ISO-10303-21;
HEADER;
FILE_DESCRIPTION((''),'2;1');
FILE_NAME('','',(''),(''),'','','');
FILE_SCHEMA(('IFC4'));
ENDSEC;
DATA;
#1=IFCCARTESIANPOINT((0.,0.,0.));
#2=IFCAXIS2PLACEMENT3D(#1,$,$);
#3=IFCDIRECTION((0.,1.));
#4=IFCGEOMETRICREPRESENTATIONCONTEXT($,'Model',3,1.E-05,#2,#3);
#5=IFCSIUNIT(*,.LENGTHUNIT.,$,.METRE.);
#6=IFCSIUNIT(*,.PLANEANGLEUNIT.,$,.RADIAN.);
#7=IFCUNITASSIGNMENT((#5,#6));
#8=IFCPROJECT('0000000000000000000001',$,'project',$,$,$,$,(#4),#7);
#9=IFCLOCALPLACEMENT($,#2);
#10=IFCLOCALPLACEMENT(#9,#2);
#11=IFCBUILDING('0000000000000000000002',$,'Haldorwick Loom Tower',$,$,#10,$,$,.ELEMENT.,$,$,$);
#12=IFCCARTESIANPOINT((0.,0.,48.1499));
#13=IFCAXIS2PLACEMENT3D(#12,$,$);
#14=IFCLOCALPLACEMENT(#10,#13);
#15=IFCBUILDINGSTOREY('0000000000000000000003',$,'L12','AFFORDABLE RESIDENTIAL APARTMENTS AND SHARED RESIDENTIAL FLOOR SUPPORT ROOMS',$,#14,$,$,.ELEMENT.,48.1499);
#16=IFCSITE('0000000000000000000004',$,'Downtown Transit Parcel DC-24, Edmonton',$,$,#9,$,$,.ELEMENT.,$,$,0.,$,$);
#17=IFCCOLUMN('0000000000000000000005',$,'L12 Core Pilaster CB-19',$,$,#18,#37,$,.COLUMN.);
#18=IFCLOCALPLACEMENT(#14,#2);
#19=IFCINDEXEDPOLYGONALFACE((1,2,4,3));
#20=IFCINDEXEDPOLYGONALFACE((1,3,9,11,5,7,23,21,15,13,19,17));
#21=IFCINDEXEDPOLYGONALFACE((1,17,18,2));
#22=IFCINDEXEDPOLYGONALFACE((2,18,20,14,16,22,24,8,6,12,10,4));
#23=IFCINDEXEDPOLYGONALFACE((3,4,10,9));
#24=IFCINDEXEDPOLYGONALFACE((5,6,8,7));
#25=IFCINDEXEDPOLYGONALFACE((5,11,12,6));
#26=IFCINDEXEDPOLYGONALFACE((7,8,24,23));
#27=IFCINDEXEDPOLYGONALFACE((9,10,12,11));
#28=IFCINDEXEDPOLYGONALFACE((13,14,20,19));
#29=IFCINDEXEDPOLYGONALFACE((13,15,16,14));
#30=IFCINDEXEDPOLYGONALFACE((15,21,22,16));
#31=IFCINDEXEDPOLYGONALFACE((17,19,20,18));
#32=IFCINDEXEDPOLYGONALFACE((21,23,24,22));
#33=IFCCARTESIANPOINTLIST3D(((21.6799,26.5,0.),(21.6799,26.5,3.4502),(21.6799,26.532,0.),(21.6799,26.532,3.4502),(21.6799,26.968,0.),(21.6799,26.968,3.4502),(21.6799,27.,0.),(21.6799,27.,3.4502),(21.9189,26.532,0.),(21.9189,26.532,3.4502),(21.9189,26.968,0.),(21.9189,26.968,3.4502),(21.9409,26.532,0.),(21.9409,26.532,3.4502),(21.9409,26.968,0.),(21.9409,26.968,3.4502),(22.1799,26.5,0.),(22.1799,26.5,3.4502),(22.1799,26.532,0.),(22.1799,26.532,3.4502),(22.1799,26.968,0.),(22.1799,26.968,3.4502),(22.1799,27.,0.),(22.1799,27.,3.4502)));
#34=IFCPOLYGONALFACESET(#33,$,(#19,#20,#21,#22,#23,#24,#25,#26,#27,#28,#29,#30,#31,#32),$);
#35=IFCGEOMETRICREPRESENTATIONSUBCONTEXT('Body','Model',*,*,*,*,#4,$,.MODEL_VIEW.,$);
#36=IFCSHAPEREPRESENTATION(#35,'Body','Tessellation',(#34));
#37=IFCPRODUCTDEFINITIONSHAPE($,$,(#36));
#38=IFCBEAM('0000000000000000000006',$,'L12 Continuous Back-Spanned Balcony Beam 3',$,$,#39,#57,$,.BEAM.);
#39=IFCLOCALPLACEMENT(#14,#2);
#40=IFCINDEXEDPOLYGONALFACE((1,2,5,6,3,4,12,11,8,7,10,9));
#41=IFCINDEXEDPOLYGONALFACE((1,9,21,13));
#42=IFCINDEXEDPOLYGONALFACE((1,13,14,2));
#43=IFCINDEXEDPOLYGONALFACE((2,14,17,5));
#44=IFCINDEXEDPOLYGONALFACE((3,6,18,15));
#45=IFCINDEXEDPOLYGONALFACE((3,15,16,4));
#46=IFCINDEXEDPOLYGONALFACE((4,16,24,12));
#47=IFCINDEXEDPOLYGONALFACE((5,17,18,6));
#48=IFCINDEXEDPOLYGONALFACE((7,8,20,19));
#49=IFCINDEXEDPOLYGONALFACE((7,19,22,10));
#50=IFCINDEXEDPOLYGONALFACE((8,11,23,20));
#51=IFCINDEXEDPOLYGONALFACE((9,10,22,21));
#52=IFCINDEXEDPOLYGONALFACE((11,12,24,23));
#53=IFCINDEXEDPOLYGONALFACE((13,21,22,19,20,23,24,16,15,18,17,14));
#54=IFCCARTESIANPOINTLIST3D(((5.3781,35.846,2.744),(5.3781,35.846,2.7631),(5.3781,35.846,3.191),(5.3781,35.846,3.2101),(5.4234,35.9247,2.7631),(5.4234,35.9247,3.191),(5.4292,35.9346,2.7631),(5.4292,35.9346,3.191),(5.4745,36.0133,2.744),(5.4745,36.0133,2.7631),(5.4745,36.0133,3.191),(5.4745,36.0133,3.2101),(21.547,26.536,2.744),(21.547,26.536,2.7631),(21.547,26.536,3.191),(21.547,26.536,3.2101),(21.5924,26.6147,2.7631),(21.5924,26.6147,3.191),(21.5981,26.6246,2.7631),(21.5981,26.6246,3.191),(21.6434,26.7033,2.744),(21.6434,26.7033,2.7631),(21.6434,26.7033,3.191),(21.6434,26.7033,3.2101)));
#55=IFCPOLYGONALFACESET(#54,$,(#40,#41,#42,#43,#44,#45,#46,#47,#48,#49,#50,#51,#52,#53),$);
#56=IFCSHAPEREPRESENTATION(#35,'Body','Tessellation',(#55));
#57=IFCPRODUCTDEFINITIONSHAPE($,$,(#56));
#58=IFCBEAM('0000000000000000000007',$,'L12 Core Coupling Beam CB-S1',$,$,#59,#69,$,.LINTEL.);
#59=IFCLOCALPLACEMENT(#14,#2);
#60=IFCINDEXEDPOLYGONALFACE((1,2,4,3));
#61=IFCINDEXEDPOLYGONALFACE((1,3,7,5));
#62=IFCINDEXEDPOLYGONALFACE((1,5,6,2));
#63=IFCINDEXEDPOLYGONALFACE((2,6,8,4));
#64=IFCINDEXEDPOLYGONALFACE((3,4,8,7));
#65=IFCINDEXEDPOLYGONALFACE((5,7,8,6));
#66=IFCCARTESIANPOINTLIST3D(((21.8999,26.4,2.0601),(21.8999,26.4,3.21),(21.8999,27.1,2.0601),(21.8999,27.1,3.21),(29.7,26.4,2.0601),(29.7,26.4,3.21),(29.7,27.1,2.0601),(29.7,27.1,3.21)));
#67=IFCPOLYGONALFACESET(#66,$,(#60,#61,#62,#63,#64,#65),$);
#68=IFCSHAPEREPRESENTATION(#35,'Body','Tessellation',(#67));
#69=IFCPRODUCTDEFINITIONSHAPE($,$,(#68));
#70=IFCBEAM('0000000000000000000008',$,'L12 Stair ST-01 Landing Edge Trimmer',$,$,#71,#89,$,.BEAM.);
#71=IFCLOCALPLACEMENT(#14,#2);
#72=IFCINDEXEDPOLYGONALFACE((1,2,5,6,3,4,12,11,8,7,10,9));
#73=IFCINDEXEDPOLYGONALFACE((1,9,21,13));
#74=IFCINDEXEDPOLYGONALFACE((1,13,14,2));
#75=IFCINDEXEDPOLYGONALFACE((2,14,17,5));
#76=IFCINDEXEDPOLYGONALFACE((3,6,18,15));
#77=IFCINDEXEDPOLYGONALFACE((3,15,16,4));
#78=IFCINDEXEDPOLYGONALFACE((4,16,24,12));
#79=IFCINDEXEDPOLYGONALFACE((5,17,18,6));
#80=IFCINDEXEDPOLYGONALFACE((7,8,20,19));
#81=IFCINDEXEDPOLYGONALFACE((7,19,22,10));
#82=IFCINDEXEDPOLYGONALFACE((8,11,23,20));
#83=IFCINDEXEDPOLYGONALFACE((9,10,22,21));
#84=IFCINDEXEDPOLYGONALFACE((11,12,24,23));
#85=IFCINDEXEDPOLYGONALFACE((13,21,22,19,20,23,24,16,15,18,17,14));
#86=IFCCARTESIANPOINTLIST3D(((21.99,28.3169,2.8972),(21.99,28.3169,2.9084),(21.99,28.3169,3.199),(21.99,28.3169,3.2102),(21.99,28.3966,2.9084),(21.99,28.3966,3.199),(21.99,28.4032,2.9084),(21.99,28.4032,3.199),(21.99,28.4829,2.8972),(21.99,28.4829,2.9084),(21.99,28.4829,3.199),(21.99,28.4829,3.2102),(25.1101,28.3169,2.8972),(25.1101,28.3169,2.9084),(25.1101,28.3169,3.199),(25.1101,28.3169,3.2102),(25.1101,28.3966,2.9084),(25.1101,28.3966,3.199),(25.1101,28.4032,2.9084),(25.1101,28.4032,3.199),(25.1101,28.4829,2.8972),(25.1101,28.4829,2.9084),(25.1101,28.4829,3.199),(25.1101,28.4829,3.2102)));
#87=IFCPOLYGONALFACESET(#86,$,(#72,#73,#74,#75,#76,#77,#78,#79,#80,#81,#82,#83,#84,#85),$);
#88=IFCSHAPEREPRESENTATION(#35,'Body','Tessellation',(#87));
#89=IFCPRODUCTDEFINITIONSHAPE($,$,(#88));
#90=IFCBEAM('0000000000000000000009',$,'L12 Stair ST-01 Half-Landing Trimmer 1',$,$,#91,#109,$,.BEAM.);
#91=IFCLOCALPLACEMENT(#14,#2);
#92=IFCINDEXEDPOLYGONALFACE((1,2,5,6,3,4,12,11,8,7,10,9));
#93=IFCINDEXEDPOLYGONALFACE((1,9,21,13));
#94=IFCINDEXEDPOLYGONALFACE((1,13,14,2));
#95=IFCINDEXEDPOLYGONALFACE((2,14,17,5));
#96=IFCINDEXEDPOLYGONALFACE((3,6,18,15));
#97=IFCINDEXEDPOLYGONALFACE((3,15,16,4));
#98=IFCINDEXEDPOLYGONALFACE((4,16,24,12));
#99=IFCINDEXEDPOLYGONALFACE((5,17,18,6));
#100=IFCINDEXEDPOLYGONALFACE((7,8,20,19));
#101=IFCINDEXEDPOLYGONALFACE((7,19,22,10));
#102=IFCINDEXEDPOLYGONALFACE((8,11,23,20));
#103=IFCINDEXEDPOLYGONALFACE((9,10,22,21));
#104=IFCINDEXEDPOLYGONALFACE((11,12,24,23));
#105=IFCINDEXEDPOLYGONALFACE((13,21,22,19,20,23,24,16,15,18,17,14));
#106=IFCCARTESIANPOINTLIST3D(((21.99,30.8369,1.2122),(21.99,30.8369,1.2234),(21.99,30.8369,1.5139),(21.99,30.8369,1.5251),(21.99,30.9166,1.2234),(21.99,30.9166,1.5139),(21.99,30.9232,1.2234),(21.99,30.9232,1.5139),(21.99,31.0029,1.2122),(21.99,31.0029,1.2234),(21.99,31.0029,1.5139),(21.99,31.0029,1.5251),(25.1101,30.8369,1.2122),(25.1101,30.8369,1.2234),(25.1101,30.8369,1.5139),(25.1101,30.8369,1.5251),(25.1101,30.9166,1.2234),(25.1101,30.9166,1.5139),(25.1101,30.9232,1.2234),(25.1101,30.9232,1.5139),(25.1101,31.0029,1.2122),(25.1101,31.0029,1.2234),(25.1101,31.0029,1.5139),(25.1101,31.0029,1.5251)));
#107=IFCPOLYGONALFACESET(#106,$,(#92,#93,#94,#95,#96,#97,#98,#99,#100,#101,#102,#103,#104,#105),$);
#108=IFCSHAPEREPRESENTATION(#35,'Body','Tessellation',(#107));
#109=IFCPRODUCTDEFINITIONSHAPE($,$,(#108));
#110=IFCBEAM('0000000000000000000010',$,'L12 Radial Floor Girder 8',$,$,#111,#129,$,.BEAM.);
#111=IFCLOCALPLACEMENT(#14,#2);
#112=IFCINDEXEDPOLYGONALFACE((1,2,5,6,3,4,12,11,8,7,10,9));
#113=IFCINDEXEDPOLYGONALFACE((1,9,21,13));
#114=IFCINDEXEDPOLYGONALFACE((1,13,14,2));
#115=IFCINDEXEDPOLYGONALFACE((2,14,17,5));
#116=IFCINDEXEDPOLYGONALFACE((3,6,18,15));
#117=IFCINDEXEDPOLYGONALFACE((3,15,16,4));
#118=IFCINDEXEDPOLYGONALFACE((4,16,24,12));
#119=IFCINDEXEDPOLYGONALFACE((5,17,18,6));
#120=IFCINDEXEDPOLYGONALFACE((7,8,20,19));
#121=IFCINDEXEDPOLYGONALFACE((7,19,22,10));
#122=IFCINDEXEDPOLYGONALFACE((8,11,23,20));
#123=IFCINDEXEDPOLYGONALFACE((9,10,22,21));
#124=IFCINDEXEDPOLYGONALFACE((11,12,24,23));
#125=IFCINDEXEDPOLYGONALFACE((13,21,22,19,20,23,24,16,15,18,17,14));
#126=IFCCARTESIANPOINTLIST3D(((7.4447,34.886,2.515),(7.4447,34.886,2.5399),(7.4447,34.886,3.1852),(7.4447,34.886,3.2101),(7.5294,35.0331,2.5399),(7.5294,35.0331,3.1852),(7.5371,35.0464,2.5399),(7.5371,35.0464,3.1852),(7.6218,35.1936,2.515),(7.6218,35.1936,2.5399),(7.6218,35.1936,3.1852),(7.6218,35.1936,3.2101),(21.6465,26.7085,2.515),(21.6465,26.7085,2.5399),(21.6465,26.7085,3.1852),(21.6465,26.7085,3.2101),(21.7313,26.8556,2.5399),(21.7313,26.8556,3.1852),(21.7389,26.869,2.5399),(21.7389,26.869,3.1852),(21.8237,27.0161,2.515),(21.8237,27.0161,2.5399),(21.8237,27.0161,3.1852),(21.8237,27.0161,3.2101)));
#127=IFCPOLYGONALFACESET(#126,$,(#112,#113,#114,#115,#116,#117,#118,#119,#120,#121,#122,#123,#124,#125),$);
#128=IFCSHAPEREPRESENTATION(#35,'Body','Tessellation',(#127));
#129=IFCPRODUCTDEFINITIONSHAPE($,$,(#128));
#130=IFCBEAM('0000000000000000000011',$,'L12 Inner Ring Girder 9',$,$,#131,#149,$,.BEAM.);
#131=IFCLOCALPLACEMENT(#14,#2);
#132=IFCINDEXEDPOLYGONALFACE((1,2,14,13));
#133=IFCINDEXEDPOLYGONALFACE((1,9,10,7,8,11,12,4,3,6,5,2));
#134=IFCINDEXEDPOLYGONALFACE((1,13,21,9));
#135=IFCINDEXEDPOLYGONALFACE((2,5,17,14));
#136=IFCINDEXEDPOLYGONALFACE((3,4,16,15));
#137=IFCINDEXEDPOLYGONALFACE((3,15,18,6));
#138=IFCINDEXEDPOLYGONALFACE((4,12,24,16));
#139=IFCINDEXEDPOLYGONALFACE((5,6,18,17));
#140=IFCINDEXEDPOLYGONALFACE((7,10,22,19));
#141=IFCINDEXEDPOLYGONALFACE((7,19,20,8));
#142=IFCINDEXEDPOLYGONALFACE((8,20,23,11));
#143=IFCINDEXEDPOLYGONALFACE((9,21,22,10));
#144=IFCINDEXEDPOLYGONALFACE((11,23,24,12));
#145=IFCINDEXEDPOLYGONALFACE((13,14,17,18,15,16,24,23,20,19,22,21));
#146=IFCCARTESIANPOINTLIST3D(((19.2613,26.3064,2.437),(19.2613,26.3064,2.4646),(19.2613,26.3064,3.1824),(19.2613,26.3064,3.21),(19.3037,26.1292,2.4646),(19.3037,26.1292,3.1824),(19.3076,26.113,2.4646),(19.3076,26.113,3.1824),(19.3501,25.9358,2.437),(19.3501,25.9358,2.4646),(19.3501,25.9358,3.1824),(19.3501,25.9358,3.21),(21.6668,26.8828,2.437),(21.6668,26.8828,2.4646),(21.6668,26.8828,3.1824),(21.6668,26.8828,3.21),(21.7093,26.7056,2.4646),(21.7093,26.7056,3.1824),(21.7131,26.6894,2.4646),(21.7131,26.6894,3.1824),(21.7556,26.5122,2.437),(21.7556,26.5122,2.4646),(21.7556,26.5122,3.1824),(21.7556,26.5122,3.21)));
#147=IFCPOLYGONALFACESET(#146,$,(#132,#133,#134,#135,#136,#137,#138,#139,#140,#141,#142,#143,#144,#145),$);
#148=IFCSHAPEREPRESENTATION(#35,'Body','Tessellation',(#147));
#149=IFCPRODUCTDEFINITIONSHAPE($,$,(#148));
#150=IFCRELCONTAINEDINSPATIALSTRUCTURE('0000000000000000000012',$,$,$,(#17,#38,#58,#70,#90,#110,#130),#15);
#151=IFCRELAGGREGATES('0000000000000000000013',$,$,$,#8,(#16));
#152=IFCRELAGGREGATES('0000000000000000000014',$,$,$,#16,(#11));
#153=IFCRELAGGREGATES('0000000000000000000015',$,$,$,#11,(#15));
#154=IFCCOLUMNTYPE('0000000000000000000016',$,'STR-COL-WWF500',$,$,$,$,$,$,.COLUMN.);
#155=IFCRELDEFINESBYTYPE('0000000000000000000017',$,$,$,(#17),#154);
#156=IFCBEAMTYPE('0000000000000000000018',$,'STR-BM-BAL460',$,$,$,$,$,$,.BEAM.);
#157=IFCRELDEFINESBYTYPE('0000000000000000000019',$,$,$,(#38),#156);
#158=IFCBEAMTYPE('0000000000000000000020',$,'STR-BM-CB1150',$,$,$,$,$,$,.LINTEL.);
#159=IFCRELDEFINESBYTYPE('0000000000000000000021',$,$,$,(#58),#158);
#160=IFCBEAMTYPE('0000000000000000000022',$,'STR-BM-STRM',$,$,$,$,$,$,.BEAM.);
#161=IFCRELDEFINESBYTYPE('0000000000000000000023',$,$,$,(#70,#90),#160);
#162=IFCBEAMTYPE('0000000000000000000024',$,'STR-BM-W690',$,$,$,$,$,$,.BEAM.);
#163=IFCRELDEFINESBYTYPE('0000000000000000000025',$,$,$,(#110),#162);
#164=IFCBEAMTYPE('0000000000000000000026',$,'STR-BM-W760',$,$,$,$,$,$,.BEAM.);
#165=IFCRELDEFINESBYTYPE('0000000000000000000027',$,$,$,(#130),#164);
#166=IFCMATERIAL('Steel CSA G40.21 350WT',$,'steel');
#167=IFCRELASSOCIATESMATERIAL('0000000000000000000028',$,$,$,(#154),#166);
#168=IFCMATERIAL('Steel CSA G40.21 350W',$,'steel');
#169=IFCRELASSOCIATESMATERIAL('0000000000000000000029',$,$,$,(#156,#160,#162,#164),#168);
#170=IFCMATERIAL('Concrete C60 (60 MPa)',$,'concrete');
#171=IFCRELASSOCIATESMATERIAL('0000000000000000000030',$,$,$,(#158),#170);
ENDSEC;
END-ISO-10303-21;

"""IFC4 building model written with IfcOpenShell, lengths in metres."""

from ifc_helpers import new_model, si_unit, direction, frame, origin, origin_2d, place, context, subcontext, project, spatial, rectangle, i_section, extrude, material, material_profile, profile_set, type_object, element, save


model = new_model("IFC4")

# Units and contexts
model_context = context("Model", 3, precision=1e-05, world=origin(), true_north=direction((0.0, 1.0)))
body_context = subcontext(model_context, "Body", "Model", "MODEL_VIEW")
ifc_project = project(units=[si_unit("LENGTHUNIT", "METRE"), si_unit("PLANEANGLEUNIT", "RADIAN")], contexts=[model_context])

# Site, building, storey
site_placement = place(None, origin())
site = spatial("IfcSite", under=ifc_project, at=site_placement, Name="Downtown Transit Parcel DC-24, Edmonton", CompositionType="ELEMENT", RefElevation=0.0)
building_placement = place(site_placement, origin())
building = spatial("IfcBuilding", under=site, at=building_placement, Name="Haldorwick Loom Tower", CompositionType="ELEMENT")
storey_placement = place(building_placement, frame((0.0, 0.0, 48.1499)))
storey = spatial("IfcBuildingStorey", under=building, at=storey_placement, Name="L12", Description="AFFORDABLE RESIDENTIAL APARTMENTS AND SHARED RESIDENTIAL FLOOR SUPPORT ROOMS", CompositionType="ELEMENT", Elevation=48.1499)

# Column
ifc_material_1 = material(Name="Steel CSA G40.21 350WT", Category="steel")
ifc_material_profile_1 = material_profile(ifc_material_1, i_section(OverallWidth=0.5, OverallDepth=0.5, WebThickness=0.022, FlangeThickness=0.032, at=origin_2d()), Name="WWF500X500", Category="steel")
ifc_profile_set_1 = profile_set([ifc_material_profile_1], Name="Steel CSA G40.21 350WT")
column_type = type_object("IfcColumnType", Name="STR-COL-WWF500", PredefinedType="COLUMN", material=ifc_profile_set_1)
column_placement = place(storey_placement, frame((21.9299, 26.75, 0.0), z_axis=(0.0, 0.0, 1.0), x_axis=(1.0, 0.0, 0.0)))
element("IfcColumn", 1, at=column_placement, inside=storey, type_object=column_type, Name="L12 Core Pilaster CB-19", PredefinedType="COLUMN", context=body_context, shape_type="SweptSolid", body=[
    extrude(i_section(OverallWidth=0.5, OverallDepth=0.5, WebThickness=0.022, FlangeThickness=0.032, at=origin_2d()), origin(), (0.0, 0.0, 1.0), 3.4502),
])

# Beams
ifc_material_2 = material(Name="Steel CSA G40.21 350W", Category="steel")
ifc_material_profile_2 = material_profile(ifc_material_2, i_section(OverallWidth=0.1931, OverallDepth=0.4661, WebThickness=0.0115, FlangeThickness=0.019, at=origin_2d()), Name="W460X97", Category="steel")
ifc_profile_set_2 = profile_set([ifc_material_profile_2], Name="Steel CSA G40.21 350W")
beam_type_1 = type_object("IfcBeamType", Name="STR-BM-BAL460", PredefinedType="BEAM", material=ifc_profile_set_2)
beam_1_placement = place(storey_placement, frame((21.5952, 26.6196, 2.9771), z_axis=(-0.866607, 0.498991, 0.0), x_axis=(-0.498991, -0.866607, 0.0)))
element("IfcBeam", 2, at=beam_1_placement, inside=storey, type_object=beam_type_1, Name="L12 Continuous Back-Spanned Balcony Beam 3", PredefinedType="BEAM", context=body_context, shape_type="SweptSolid", body=[
    extrude(i_section(OverallWidth=0.1931, OverallDepth=0.4661, WebThickness=0.0115, FlangeThickness=0.019, at=origin_2d()), origin(), (0.0, 0.0, 1.0), 18.6577),
])
ifc_material_3 = material(Name="Concrete C60 (60 MPa)", Category="concrete")
ifc_material_profile_3 = material_profile(ifc_material_3, rectangle(XDim=0.7, YDim=1.1499, at=origin_2d()), Name="RC700X1150", Category="concrete")
ifc_profile_set_3 = profile_set([ifc_material_profile_3], Name="Concrete C60 (60 MPa)")
beam_type_2 = type_object("IfcBeamType", Name="STR-BM-CB1150", PredefinedType="LINTEL", material=ifc_profile_set_3)
beam_2_placement = place(storey_placement, frame((21.8999, 26.75, 2.635), z_axis=(1.0, 0.0, 0.0), x_axis=(0.0, 1.0, 0.0)))
element("IfcBeam", 3, at=beam_2_placement, inside=storey, type_object=beam_type_2, Name="L12 Core Coupling Beam CB-S1", PredefinedType="LINTEL", context=body_context, shape_type="SweptSolid", body=[
    extrude(rectangle(XDim=0.7, YDim=1.1499, at=origin_2d()), origin(), (0.0, 0.0, 1.0), 7.8),
])
ifc_material_profile_4 = material_profile(ifc_material_2, i_section(OverallWidth=0.166, OverallDepth=0.313, WebThickness=0.0066, FlangeThickness=0.0112, at=origin_2d()), Name="W310X45", Category="steel")
ifc_profile_set_4 = profile_set([ifc_material_profile_4], Name="Steel CSA G40.21 350W")
beam_type_3 = type_object("IfcBeamType", Name="STR-BM-STRM", PredefinedType="BEAM", material=ifc_profile_set_4)
for number, where, z_axis, x_axis, name in (
    (4, (21.99, 28.3999, 3.0537), (1.0, 0.0, 0.0), (0.0, 1.0, 0.0), "L12 Stair ST-01 Landing Edge Trimmer"),
    (5, (21.99, 30.9199, 1.3687), (1.0, 0.0, 0.0), (0.0, 1.0, 0.0), "L12 Stair ST-01 Half-Landing Trimmer 1"),
):
    element("IfcBeam", number, at=place(storey_placement, frame(where, z_axis=z_axis, x_axis=x_axis)), inside=storey, type_object=beam_type_3, Name=name, PredefinedType="BEAM", context=body_context, shape_type="SweptSolid", body=[
        extrude(i_section(OverallWidth=0.166, OverallDepth=0.313, WebThickness=0.0066, FlangeThickness=0.0112, at=origin_2d()), origin(), (0.0, 0.0, 1.0), 3.1201),
    ])
ifc_material_profile_5 = material_profile(ifc_material_2, i_section(OverallWidth=0.355, OverallDepth=0.6951, WebThickness=0.0154, FlangeThickness=0.0249, at=origin_2d()), Name="W690X217", Category="steel")
ifc_profile_set_5 = profile_set([ifc_material_profile_5], Name="Steel CSA G40.21 350W")
beam_type_4 = type_object("IfcBeamType", Name="STR-BM-W690", PredefinedType="BEAM", material=ifc_profile_set_5)
beam_3_placement = place(storey_placement, frame((21.7351, 26.8623, 2.8625), z_axis=(-0.866606, 0.498994, 0.0), x_axis=(-0.498994, -0.866606, 0.0)))
element("IfcBeam", 6, at=beam_3_placement, inside=storey, type_object=beam_type_4, Name="L12 Radial Floor Girder 8", PredefinedType="BEAM", context=body_context, shape_type="SweptSolid", body=[
    extrude(i_section(OverallWidth=0.355, OverallDepth=0.6951, WebThickness=0.0154, FlangeThickness=0.0249, at=origin_2d()), origin(), (0.0, 0.0, 1.0), 16.3879),
])
ifc_material_profile_6 = material_profile(ifc_material_2, i_section(OverallWidth=0.3811, OverallDepth=0.7729, WebThickness=0.0166, FlangeThickness=0.0276, at=origin_2d()), Name="W760X257", Category="steel")
ifc_profile_set_6 = profile_set([ifc_material_profile_6], Name="Steel CSA G40.21 350W")
beam_type_5 = type_object("IfcBeamType", Name="STR-BM-W760", PredefinedType="BEAM", material=ifc_profile_set_6)
beam_4_placement = place(storey_placement, frame((19.3057, 26.1211, 2.8235), z_axis=(0.972471, 0.233026, 0.0), x_axis=(-0.233026, 0.972471, 0.0)))
element("IfcBeam", 7, at=beam_4_placement, inside=storey, type_object=beam_type_5, Name="L12 Inner Ring Girder 9", PredefinedType="BEAM", context=body_context, shape_type="SweptSolid", body=[
    extrude(i_section(OverallWidth=0.3811, OverallDepth=0.7729, WebThickness=0.0166, FlangeThickness=0.0276, at=origin_2d()), origin(), (0.0, 0.0, 1.0), 2.4736),
])

save(model, "model.ifc")
